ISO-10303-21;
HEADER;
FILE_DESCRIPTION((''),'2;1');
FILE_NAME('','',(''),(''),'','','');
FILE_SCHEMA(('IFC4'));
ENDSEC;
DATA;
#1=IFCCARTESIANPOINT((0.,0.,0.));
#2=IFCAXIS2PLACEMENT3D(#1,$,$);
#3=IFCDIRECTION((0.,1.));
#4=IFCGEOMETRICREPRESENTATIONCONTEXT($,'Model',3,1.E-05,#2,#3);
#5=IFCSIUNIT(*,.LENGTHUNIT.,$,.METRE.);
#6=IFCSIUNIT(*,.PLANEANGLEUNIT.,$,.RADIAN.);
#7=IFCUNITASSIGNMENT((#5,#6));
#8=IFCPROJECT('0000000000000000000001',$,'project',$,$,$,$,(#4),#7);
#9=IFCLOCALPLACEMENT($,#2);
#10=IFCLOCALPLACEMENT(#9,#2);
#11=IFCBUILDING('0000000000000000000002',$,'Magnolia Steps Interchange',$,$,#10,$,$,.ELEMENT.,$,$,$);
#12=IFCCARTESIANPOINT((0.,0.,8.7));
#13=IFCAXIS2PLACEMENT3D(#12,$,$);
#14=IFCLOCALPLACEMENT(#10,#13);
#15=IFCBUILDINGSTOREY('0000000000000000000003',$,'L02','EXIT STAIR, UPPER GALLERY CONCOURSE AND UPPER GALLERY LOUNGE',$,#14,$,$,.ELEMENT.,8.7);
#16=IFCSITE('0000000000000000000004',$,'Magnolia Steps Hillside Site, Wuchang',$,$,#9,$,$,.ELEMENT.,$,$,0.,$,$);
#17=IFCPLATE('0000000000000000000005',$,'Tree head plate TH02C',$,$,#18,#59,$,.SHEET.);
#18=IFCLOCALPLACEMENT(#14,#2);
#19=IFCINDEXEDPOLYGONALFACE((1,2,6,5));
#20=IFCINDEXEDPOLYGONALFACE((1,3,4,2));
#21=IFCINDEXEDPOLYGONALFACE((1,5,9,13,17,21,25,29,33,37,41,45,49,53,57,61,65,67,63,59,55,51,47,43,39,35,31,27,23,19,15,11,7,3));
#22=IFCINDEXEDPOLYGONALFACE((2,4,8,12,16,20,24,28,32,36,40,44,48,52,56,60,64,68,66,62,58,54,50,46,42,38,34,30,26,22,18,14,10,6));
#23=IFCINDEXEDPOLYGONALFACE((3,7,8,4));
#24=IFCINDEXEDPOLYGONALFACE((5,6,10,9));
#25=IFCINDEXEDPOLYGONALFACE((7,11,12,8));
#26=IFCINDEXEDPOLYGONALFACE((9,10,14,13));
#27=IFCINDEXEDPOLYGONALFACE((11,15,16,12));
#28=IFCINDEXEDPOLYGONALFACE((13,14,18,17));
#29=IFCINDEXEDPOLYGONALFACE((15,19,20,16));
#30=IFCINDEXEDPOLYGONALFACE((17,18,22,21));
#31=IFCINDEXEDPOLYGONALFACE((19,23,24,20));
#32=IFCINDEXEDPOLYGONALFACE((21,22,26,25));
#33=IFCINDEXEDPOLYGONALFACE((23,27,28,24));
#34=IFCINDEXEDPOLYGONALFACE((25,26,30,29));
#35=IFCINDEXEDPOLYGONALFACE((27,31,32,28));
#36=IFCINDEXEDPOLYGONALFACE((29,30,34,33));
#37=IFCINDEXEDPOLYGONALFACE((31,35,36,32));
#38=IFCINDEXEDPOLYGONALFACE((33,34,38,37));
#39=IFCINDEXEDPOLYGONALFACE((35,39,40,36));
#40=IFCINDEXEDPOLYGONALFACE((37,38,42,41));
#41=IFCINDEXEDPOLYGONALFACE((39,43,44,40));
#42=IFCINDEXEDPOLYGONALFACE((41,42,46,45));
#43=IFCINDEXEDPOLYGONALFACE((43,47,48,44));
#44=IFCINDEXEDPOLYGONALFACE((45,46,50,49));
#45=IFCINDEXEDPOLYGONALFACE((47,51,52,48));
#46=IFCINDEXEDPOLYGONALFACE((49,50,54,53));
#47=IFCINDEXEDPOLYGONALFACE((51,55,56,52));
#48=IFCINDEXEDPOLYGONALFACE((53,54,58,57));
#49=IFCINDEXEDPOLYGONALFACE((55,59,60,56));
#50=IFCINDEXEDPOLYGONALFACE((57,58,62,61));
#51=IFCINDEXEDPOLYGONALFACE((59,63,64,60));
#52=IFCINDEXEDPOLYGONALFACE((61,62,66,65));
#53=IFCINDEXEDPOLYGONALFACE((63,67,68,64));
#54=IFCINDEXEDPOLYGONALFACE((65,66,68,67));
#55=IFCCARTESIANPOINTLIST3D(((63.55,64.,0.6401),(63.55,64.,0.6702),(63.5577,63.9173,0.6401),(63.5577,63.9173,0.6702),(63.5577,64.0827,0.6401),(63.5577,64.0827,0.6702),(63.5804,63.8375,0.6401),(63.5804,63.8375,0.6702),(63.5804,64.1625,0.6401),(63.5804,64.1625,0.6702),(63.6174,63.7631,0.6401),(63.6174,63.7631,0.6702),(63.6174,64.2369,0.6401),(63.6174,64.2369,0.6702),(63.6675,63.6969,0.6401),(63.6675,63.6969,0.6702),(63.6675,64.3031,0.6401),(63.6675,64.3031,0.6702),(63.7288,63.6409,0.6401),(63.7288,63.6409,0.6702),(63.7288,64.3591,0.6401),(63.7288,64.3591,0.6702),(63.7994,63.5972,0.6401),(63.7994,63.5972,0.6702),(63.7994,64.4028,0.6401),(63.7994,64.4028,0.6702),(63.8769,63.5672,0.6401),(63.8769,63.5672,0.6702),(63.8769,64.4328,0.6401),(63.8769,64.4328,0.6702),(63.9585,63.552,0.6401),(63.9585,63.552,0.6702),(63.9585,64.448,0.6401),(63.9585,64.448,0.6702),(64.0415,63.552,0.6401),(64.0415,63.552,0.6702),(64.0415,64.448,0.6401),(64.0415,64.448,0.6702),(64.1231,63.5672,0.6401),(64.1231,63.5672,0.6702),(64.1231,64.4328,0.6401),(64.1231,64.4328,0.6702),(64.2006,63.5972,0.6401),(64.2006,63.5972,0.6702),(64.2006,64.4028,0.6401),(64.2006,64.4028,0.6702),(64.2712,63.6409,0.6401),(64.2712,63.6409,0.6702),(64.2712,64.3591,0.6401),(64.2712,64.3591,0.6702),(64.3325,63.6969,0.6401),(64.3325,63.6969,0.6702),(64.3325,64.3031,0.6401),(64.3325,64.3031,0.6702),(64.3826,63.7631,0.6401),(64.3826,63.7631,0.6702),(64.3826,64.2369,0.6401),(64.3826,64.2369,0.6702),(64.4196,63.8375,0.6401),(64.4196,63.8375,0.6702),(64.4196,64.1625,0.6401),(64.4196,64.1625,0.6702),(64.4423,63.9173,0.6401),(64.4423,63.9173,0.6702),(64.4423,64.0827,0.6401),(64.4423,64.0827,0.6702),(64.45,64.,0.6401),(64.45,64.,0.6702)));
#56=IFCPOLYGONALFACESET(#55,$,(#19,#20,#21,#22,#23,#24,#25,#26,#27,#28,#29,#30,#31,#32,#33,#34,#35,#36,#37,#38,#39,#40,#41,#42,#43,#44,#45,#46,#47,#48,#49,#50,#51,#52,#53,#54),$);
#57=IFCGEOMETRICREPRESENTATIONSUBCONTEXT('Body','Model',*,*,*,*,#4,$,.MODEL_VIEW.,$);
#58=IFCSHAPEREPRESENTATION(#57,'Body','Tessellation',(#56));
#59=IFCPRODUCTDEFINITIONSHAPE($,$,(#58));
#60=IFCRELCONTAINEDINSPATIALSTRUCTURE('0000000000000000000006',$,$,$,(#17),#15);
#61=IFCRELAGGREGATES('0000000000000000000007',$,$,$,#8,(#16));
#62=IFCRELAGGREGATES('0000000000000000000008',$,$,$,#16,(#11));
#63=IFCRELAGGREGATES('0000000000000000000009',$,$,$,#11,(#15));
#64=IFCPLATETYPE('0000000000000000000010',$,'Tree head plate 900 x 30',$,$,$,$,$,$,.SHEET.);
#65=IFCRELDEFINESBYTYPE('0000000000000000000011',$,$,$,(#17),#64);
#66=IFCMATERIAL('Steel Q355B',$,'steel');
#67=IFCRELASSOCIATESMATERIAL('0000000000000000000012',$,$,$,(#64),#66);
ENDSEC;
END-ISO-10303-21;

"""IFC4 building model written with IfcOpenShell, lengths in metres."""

from ifc_helpers import new_model, si_unit, direction, frame, origin, origin_2d, place, context, subcontext, project, spatial, circle, extrude, material, material_profile, profile_set, type_object, element, save


model = new_model("IFC4")

# Units and contexts
model_context = context("Model", 3, precision=1e-05, world=origin(), true_north=direction((0.0, 1.0)))
body_context = subcontext(model_context, "Body", "Model", "MODEL_VIEW")
ifc_project = project(units=[si_unit("LENGTHUNIT", "METRE"), si_unit("PLANEANGLEUNIT", "RADIAN")], contexts=[model_context])

# Site, building, storey
site_placement = place(None, origin())
site = spatial("IfcSite", under=ifc_project, at=site_placement, Name="Magnolia Steps Hillside Site, Wuchang", CompositionType="ELEMENT", RefElevation=0.0)
building_placement = place(site_placement, origin())
building = spatial("IfcBuilding", under=site, at=building_placement, Name="Magnolia Steps Interchange", CompositionType="ELEMENT")
storey_placement = place(building_placement, frame((0.0, 0.0, 8.7)))
storey = spatial("IfcBuildingStorey", under=building, at=storey_placement, Name="L02", Description="EXIT STAIR, UPPER GALLERY CONCOURSE AND UPPER GALLERY LOUNGE", CompositionType="ELEMENT", Elevation=8.7)

# Plate
ifc_material_1 = material(Name="Steel Q355B", Category="steel")
ifc_material_profile_1 = material_profile(ifc_material_1, circle(Radius=0.45, at=origin_2d()), Name="Tree head plate 900 x 30")
ifc_profile_set_1 = profile_set([ifc_material_profile_1], Name="Steel Q355B")
plate_type_1 = type_object("IfcPlateType", Name="Tree head plate 900 x 30", PredefinedType="SHEET", material=ifc_profile_set_1)
for number, where, z_axis, x_axis, name in (
    (1, (64.0, 64.0, 0.6401), (0.0, 0.0, 1.0), (1.0, 0.0, 0.0), "Tree head plate TH02C"),
):
    element("IfcPlate", number, at=place(storey_placement, frame(where, z_axis=z_axis, x_axis=x_axis)), inside=storey, type_object=plate_type_1, Name=name, PredefinedType="SHEET", context=body_context, shape_type="SweptSolid", body=[
        extrude(circle(Radius=0.45, at=origin_2d()), origin(), (0.0, 0.0, 1.0), 0.03),
    ])

save(model, "model.ifc")
